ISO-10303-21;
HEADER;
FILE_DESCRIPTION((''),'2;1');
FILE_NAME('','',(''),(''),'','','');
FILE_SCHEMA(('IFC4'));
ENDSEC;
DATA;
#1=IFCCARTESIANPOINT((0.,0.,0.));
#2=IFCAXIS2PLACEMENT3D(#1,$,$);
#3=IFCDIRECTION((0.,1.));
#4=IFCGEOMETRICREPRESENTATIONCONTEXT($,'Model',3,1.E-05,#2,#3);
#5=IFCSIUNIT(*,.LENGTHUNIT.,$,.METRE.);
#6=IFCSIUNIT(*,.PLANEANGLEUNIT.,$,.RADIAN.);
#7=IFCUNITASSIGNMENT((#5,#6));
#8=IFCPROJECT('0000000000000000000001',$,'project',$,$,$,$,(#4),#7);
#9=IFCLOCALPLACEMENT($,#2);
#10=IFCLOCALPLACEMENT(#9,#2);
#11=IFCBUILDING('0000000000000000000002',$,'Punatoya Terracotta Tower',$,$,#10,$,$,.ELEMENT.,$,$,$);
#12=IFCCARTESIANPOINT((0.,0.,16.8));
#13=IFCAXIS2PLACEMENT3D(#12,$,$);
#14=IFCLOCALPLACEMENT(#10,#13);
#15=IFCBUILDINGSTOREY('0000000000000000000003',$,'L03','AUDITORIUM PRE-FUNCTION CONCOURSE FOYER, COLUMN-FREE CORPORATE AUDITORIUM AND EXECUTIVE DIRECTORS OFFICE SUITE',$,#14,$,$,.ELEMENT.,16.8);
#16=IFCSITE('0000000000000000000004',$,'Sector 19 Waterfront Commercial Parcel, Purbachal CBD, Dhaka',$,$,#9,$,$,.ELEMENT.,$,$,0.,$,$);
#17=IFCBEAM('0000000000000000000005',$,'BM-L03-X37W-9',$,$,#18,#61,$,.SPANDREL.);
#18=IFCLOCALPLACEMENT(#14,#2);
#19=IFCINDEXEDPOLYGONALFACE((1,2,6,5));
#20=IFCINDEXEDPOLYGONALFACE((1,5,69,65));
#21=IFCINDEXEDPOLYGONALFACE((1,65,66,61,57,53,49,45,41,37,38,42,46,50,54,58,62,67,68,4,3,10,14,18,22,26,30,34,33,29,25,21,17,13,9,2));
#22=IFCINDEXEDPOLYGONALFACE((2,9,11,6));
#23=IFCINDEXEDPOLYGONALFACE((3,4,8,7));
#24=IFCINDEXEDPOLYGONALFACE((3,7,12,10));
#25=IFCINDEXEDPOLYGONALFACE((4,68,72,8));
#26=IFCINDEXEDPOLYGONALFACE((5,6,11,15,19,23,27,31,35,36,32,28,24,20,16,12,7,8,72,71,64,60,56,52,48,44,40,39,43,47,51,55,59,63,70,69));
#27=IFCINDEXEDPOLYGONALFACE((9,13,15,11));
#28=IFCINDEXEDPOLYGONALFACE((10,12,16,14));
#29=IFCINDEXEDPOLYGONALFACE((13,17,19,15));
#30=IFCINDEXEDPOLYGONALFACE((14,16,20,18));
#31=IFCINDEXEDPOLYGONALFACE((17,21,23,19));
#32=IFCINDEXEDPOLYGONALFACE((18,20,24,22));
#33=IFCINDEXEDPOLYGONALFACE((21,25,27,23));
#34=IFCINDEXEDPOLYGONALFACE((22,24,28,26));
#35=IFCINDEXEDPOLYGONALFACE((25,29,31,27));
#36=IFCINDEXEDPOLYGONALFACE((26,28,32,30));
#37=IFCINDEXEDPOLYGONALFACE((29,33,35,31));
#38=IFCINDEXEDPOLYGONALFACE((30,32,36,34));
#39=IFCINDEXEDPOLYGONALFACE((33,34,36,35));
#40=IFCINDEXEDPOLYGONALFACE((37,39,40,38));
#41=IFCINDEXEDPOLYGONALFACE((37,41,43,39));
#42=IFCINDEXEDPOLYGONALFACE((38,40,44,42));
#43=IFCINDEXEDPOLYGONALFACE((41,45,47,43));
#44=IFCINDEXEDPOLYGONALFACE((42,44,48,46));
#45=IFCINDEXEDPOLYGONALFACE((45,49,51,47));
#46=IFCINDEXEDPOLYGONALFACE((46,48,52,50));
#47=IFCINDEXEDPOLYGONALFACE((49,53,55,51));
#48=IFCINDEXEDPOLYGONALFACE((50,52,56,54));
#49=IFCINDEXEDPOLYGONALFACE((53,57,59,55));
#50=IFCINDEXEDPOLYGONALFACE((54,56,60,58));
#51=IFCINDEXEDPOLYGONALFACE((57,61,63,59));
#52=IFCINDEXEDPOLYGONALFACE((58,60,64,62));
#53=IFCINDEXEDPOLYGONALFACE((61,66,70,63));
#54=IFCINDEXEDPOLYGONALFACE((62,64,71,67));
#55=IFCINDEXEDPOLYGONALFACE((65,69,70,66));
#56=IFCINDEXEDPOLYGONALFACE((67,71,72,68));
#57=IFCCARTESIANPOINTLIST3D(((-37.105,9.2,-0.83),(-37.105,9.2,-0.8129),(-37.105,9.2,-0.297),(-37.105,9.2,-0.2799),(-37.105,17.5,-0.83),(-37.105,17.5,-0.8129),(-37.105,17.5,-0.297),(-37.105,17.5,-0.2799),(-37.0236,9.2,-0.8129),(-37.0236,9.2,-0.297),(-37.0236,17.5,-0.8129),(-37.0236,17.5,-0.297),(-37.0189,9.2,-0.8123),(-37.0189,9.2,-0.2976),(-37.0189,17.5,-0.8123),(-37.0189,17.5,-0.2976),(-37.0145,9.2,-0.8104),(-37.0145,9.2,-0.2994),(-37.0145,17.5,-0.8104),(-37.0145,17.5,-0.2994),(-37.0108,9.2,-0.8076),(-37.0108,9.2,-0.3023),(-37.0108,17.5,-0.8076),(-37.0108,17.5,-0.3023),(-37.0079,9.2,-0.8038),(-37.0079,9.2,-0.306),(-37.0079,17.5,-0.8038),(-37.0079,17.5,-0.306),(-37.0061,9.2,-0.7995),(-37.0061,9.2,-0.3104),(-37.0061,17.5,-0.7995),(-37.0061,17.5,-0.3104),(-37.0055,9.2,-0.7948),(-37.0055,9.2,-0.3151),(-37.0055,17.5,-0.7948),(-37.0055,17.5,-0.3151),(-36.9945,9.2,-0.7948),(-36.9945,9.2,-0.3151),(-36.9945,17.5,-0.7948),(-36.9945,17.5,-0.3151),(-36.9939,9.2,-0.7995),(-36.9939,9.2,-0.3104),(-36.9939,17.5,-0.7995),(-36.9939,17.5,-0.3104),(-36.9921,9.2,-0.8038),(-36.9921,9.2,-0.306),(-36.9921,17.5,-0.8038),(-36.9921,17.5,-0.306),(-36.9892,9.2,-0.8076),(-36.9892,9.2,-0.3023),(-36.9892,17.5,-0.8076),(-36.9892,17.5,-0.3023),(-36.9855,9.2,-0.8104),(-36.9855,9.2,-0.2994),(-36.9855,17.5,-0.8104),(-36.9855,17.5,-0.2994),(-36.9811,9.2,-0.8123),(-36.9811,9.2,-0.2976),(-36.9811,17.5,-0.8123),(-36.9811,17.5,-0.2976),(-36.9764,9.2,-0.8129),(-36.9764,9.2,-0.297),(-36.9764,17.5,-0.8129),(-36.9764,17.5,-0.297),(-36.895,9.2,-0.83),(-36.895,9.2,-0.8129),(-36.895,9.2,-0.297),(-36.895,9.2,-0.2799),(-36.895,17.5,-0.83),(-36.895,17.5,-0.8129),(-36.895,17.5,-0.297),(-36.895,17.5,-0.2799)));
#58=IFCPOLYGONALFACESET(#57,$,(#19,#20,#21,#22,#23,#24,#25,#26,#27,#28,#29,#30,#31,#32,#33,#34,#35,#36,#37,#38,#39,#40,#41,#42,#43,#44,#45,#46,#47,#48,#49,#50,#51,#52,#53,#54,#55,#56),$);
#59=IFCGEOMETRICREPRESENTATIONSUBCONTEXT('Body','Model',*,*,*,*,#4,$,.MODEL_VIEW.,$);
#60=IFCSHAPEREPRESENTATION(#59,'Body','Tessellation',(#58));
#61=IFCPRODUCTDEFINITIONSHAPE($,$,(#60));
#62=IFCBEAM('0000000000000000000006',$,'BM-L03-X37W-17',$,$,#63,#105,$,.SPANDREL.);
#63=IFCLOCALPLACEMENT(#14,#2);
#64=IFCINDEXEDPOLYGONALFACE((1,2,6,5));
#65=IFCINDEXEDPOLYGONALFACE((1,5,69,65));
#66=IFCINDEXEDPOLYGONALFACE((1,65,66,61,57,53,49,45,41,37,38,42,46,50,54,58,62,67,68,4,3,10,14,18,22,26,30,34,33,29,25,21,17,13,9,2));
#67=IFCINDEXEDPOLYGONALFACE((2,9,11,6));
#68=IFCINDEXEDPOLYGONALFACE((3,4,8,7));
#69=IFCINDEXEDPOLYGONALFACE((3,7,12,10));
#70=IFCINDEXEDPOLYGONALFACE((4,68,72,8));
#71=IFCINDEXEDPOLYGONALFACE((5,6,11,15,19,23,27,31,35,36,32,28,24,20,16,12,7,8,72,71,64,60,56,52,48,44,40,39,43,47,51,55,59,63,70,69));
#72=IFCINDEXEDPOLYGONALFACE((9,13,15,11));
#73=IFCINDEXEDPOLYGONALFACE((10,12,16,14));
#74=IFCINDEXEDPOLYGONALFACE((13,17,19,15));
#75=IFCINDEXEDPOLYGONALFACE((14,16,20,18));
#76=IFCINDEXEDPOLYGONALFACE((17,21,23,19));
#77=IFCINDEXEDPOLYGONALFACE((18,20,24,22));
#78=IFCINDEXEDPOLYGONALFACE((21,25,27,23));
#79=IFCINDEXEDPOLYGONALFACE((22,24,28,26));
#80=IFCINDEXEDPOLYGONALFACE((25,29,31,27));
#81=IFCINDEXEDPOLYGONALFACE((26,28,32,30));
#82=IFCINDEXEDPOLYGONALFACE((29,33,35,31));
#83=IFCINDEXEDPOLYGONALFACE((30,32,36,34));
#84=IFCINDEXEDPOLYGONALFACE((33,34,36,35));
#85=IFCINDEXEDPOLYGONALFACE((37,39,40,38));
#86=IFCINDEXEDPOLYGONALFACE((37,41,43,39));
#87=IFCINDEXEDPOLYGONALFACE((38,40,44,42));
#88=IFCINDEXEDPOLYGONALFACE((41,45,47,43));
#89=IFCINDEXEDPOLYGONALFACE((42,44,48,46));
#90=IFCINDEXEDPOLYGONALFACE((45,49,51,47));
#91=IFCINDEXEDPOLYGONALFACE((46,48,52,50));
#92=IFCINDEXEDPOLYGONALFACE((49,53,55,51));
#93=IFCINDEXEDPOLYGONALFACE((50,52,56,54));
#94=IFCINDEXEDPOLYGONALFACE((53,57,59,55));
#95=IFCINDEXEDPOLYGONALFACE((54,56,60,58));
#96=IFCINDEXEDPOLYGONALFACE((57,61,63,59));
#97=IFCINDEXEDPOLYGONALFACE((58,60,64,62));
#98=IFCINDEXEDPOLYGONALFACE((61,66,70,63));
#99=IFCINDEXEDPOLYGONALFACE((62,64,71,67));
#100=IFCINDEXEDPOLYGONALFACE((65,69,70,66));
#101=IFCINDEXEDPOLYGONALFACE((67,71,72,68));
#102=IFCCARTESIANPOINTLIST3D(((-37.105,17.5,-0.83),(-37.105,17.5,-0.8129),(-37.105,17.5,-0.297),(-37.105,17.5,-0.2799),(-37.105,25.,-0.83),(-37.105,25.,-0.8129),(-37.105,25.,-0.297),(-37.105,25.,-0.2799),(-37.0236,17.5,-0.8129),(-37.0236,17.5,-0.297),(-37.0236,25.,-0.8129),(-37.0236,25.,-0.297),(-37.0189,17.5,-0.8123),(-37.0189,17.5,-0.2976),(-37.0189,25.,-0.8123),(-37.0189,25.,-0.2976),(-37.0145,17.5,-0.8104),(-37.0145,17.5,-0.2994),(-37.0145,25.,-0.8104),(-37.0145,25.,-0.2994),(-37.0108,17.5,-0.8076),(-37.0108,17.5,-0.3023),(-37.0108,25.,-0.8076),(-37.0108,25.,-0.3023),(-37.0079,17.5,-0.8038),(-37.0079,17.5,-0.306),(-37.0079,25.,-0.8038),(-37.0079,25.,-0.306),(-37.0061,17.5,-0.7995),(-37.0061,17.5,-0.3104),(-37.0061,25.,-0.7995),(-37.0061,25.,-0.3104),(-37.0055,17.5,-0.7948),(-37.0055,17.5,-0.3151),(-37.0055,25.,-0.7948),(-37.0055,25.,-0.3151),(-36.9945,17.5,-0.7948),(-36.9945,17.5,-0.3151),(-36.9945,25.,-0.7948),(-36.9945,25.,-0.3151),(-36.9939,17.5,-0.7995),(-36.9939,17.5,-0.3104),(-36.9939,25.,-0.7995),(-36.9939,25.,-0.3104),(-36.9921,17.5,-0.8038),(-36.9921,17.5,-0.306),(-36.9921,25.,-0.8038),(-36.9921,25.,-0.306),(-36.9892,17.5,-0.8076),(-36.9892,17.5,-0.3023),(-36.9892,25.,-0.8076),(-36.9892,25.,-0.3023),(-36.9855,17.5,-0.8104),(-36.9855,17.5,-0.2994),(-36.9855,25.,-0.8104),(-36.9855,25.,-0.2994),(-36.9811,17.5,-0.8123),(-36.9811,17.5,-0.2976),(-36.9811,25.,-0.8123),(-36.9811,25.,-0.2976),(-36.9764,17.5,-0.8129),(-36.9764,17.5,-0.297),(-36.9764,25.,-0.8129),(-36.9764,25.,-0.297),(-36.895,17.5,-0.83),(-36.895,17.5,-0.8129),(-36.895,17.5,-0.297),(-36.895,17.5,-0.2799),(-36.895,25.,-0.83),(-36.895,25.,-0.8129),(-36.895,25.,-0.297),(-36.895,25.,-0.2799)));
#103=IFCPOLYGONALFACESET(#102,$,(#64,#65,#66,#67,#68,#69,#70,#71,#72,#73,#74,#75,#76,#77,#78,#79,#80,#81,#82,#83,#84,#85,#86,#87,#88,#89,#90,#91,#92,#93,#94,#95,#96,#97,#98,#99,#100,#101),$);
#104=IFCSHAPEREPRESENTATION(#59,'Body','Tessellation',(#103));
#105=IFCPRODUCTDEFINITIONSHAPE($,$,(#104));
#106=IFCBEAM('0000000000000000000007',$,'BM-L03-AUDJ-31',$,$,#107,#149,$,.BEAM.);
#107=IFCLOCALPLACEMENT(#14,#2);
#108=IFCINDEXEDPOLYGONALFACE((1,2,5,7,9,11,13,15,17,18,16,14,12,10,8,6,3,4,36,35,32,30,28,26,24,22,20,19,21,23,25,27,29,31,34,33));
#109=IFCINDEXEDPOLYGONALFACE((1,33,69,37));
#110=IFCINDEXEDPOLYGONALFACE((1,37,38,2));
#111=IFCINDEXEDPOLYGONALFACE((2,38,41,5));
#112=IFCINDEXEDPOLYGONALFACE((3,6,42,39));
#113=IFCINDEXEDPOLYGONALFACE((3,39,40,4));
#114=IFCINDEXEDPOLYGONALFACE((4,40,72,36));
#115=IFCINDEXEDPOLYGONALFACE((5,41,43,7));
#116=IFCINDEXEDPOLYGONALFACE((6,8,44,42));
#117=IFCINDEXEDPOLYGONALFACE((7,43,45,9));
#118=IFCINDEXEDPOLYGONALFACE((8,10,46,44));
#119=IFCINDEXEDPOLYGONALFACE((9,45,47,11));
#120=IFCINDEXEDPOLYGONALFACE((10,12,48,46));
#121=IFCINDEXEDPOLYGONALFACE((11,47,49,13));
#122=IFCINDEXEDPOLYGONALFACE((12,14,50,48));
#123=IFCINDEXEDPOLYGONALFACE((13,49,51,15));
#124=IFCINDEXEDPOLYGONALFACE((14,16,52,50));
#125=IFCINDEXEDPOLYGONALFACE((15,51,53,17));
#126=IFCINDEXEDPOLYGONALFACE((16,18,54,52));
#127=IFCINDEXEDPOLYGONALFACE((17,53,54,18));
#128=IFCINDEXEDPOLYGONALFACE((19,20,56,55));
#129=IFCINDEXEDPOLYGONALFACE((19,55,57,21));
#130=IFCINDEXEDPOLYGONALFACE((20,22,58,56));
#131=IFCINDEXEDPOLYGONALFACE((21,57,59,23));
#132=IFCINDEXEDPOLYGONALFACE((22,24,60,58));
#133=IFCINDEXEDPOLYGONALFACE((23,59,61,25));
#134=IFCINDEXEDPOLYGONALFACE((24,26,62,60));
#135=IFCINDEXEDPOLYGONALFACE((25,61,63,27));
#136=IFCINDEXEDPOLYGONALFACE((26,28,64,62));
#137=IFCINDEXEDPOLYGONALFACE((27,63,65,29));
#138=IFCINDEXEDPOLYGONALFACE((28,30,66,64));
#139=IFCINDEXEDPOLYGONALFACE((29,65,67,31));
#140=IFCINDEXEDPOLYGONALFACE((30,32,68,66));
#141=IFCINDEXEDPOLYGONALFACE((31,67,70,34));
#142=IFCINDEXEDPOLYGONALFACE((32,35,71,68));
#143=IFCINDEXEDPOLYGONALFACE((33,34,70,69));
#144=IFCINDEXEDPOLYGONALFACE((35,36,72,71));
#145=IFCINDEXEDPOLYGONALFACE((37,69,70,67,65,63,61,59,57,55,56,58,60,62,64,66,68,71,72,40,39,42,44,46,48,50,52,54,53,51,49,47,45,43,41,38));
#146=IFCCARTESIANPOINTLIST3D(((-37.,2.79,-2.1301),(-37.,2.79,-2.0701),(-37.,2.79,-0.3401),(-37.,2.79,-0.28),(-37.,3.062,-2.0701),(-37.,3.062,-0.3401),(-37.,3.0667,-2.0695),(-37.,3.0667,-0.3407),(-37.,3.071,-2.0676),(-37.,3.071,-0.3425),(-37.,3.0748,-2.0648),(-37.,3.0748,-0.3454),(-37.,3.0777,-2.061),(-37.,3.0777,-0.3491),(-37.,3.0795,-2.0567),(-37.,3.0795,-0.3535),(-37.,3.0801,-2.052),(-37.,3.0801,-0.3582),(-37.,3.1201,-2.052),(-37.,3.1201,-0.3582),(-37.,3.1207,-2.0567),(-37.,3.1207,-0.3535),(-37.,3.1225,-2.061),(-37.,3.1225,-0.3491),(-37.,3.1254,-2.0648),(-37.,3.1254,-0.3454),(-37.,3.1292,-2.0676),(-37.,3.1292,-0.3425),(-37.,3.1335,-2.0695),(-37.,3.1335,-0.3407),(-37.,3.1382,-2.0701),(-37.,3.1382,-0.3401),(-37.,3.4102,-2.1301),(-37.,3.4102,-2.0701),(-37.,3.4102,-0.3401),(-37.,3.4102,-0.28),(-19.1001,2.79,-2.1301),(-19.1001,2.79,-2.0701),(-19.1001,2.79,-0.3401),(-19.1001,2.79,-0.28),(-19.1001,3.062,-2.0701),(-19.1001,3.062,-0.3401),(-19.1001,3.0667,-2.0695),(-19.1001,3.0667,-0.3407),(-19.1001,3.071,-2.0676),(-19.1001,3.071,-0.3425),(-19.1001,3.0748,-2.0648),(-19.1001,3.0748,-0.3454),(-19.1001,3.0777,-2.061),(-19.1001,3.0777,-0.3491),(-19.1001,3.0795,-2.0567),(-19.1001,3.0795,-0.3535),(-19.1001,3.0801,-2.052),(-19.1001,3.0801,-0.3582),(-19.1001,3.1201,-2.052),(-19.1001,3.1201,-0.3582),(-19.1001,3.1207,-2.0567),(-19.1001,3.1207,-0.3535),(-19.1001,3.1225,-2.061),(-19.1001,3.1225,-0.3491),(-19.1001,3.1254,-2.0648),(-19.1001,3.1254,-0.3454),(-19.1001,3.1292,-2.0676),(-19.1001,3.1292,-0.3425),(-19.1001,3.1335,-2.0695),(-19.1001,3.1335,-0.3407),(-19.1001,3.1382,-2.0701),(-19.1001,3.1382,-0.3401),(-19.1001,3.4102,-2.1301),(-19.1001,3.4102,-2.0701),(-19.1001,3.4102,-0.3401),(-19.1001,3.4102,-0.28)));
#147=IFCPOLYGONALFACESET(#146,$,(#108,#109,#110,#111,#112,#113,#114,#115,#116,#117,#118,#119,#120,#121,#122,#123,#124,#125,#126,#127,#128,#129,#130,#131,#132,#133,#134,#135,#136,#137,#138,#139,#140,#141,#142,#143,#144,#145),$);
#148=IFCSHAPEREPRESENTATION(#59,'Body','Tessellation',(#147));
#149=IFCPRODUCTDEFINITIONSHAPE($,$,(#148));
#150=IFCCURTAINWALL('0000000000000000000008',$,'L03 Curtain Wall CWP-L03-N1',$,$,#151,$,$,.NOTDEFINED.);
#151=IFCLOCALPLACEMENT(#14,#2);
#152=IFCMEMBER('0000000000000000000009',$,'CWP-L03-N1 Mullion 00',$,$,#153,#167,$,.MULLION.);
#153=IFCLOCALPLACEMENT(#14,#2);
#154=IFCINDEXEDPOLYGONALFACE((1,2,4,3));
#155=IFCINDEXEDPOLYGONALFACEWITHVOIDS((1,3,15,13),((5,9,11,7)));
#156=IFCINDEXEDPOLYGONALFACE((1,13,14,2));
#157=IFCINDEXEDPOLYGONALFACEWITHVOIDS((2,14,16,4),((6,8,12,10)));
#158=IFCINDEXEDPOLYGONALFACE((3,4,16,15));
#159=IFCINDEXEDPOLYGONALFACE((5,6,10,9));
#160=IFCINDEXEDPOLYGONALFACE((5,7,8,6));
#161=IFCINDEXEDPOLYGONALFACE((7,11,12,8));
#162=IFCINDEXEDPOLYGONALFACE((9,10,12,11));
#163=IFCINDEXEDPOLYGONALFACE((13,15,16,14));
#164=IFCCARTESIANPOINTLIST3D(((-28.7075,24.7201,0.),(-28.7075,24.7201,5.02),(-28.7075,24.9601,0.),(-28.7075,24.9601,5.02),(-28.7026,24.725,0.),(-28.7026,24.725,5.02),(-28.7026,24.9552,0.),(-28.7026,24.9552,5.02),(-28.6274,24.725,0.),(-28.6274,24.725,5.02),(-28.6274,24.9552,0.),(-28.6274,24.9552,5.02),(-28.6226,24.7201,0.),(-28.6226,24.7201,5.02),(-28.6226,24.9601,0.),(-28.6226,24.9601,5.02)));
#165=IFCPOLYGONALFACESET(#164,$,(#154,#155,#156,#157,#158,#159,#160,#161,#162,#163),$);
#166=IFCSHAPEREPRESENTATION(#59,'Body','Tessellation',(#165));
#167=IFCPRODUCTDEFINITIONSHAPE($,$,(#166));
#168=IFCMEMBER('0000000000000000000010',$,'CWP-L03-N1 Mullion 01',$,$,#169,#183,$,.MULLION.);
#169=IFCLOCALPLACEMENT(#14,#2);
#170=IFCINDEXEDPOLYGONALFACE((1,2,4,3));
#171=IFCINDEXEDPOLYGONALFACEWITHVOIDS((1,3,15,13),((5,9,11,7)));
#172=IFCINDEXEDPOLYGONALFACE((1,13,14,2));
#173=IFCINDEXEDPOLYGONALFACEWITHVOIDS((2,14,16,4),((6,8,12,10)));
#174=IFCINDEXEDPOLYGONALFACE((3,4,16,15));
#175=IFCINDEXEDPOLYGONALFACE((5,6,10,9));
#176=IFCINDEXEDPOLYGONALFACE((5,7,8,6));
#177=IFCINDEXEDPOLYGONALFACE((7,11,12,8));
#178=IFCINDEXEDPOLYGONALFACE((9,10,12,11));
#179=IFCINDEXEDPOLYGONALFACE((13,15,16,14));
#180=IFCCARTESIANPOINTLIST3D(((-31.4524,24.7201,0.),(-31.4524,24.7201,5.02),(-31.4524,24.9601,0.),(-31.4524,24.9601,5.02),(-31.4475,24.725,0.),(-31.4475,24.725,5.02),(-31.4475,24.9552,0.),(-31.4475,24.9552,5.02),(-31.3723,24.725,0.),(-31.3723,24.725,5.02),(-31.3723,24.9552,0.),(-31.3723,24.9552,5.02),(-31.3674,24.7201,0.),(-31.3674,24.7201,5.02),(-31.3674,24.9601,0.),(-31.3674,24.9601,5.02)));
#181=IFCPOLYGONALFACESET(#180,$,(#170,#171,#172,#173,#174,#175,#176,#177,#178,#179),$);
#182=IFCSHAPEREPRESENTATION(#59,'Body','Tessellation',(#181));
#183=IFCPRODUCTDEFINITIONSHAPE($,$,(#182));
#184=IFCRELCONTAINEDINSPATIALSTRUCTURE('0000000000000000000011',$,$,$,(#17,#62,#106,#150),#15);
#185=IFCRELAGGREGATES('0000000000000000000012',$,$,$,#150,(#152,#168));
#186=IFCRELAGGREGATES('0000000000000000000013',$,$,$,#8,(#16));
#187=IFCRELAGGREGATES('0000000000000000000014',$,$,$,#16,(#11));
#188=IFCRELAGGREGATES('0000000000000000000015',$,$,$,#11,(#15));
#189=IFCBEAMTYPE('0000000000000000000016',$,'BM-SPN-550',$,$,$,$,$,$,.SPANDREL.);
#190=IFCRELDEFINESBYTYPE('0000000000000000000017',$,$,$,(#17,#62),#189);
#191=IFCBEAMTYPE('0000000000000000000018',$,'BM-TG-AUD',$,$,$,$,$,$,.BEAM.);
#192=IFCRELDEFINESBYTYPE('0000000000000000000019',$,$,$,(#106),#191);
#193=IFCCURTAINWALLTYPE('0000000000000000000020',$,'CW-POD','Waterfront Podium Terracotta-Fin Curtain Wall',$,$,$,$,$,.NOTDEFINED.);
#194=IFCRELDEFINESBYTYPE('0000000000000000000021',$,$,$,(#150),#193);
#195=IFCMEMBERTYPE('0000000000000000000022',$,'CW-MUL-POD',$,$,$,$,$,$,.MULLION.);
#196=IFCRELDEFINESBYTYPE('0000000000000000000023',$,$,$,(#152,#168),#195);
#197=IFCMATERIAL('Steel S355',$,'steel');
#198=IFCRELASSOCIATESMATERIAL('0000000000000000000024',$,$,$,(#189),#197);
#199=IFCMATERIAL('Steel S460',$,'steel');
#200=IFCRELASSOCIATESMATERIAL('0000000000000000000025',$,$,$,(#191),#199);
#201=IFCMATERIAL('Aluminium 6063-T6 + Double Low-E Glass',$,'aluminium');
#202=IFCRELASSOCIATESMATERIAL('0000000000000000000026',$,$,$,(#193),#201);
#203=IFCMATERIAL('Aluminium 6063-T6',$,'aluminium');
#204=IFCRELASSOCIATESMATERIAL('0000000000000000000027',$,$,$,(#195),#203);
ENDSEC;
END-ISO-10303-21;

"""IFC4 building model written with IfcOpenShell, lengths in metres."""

from ifc_helpers import new_model, si_unit, direction, frame, origin, origin_2d, place, context, subcontext, project, spatial, hollow_rectangle, i_section, extrude, material, material_profile, profile_set, type_object, element, aggregate, save


model = new_model("IFC4")

# Units and contexts
model_context = context("Model", 3, precision=1e-05, world=origin(), true_north=direction((0.0, 1.0)))
body_context = subcontext(model_context, "Body", "Model", "MODEL_VIEW")
ifc_project = project(units=[si_unit("LENGTHUNIT", "METRE"), si_unit("PLANEANGLEUNIT", "RADIAN")], contexts=[model_context])

# Site, building, storey
site_placement = place(None, origin())
site = spatial("IfcSite", under=ifc_project, at=site_placement, Name="Sector 19 Waterfront Commercial Parcel, Purbachal CBD, Dhaka", CompositionType="ELEMENT", RefElevation=0.0)
building_placement = place(site_placement, origin())
building = spatial("IfcBuilding", under=site, at=building_placement, Name="Punatoya Terracotta Tower", CompositionType="ELEMENT")
storey_placement = place(building_placement, frame((0.0, 0.0, 16.8)))
storey = spatial("IfcBuildingStorey", under=building, at=storey_placement, Name="L03", Description="AUDITORIUM PRE-FUNCTION CONCOURSE FOYER, COLUMN-FREE CORPORATE AUDITORIUM AND EXECUTIVE DIRECTORS OFFICE SUITE", CompositionType="ELEMENT", Elevation=16.8)

# Beams
ifc_material_1 = material(Name="Steel S355", Category="steel")
ifc_material_profile_1 = material_profile(ifc_material_1, i_section(OverallWidth=0.21, OverallDepth=0.55, WebThickness=0.011, FlangeThickness=0.0171, FilletRadius=0.0181, at=origin_2d()))
ifc_profile_set_1 = profile_set([ifc_material_profile_1], Name="Steel S355")
beam_type_1 = type_object("IfcBeamType", Name="BM-SPN-550", PredefinedType="SPANDREL", material=ifc_profile_set_1)
beam_1_placement = place(storey_placement, frame((-37.0, 9.2, -0.5549), z_axis=(0.0, 1.0, 0.0), x_axis=(-1.0, 0.0, 0.0)))
element("IfcBeam", 1, at=beam_1_placement, inside=storey, type_object=beam_type_1, Name="BM-L03-X37W-9", PredefinedType="SPANDREL", context=body_context, shape_type="SweptSolid", body=[
    extrude(i_section(OverallWidth=0.21, OverallDepth=0.55, WebThickness=0.011, FlangeThickness=0.0171, FilletRadius=0.0181, at=origin_2d()), origin(), (0.0, 0.0, 1.0), 8.3),
])
beam_2_placement = place(storey_placement, frame((-37.0, 17.5, -0.5549), z_axis=(0.0, 1.0, 0.0), x_axis=(-1.0, 0.0, 0.0)))
element("IfcBeam", 2, at=beam_2_placement, inside=storey, type_object=beam_type_1, Name="BM-L03-X37W-17", PredefinedType="SPANDREL", context=body_context, shape_type="SweptSolid", body=[
    extrude(i_section(OverallWidth=0.21, OverallDepth=0.55, WebThickness=0.011, FlangeThickness=0.0171, FilletRadius=0.0181, at=origin_2d()), origin(), (0.0, 0.0, 1.0), 7.5),
])
ifc_material_2 = material(Name="Steel S460", Category="steel")
ifc_material_profile_2 = material_profile(ifc_material_2, i_section(OverallWidth=0.6201, OverallDepth=1.8501, WebThickness=0.04, FlangeThickness=0.0601, FilletRadius=0.0181, at=origin_2d()))
ifc_profile_set_2 = profile_set([ifc_material_profile_2], Name="Steel S460")
beam_type_2 = type_object("IfcBeamType", Name="BM-TG-AUD", PredefinedType="BEAM", material=ifc_profile_set_2)
beam_3_placement = place(storey_placement, frame((-37.0, 3.1001, -1.2051), z_axis=(1.0, 0.0, 0.0), x_axis=(0.0, 1.0, 0.0)))
element("IfcBeam", 3, at=beam_3_placement, inside=storey, type_object=beam_type_2, Name="BM-L03-AUDJ-31", PredefinedType="BEAM", context=body_context, shape_type="SweptSolid", body=[
    extrude(i_section(OverallWidth=0.6201, OverallDepth=1.8501, WebThickness=0.04, FlangeThickness=0.0601, FilletRadius=0.0181, at=origin_2d()), origin(), (0.0, 0.0, 1.0), 17.8999),
])

# Curtain wall, members
ifc_material_3 = material(Name="Aluminium 6063-T6 + Double Low-E Glass", Category="aluminium")
curtain_wall_type = type_object("IfcCurtainWallType", Name="CW-POD", Description="Waterfront Podium Terracotta-Fin Curtain Wall", PredefinedType="NOTDEFINED", material=ifc_material_3)
curtain_wall_1_placement = place(storey_placement, origin())
curtain_wall_1 = element("IfcCurtainWall", 4, at=curtain_wall_1_placement, inside=storey, type_object=curtain_wall_type, Name="L03 Curtain Wall CWP-L03-N1", PredefinedType="NOTDEFINED")
ifc_material_4 = material(Name="Aluminium 6063-T6", Category="aluminium")
ifc_material_profile_3 = material_profile(ifc_material_4, hollow_rectangle(XDim=0.085, YDim=0.24, WallThickness=0.0049, at=origin_2d()))
ifc_profile_set_3 = profile_set([ifc_material_profile_3], Name="Aluminium 6063-T6")
member_type_1 = type_object("IfcMemberType", Name="CW-MUL-POD", PredefinedType="MULLION", material=ifc_profile_set_3)
member_1_placement = place(storey_placement, frame((-28.665, 24.8401, 0.0), z_axis=(0.0, 0.0, 1.0), x_axis=(1.0, 0.0, 0.0)))
member_1 = element("IfcMember", 5, at=member_1_placement, type_object=member_type_1, Name="CWP-L03-N1 Mullion 00", PredefinedType="MULLION", context=body_context, shape_type="SweptSolid", body=[
    extrude(hollow_rectangle(XDim=0.085, YDim=0.24, WallThickness=0.0049, at=origin_2d()), origin(), (0.0, 0.0, 1.0), 5.02),
])
member_2_placement = place(storey_placement, frame((-31.4099, 24.8401, 0.0), z_axis=(0.0, 0.0, 1.0), x_axis=(1.0, 0.0, 0.0)))
member_2 = element("IfcMember", 6, at=member_2_placement, type_object=member_type_1, Name="CWP-L03-N1 Mullion 01", PredefinedType="MULLION", context=body_context, shape_type="SweptSolid", body=[
    extrude(hollow_rectangle(XDim=0.085, YDim=0.24, WallThickness=0.0049, at=origin_2d()), origin(), (0.0, 0.0, 1.0), 5.02),
])

aggregate(curtain_wall_1, [member_1, member_2])

save(model, "model.ifc")
